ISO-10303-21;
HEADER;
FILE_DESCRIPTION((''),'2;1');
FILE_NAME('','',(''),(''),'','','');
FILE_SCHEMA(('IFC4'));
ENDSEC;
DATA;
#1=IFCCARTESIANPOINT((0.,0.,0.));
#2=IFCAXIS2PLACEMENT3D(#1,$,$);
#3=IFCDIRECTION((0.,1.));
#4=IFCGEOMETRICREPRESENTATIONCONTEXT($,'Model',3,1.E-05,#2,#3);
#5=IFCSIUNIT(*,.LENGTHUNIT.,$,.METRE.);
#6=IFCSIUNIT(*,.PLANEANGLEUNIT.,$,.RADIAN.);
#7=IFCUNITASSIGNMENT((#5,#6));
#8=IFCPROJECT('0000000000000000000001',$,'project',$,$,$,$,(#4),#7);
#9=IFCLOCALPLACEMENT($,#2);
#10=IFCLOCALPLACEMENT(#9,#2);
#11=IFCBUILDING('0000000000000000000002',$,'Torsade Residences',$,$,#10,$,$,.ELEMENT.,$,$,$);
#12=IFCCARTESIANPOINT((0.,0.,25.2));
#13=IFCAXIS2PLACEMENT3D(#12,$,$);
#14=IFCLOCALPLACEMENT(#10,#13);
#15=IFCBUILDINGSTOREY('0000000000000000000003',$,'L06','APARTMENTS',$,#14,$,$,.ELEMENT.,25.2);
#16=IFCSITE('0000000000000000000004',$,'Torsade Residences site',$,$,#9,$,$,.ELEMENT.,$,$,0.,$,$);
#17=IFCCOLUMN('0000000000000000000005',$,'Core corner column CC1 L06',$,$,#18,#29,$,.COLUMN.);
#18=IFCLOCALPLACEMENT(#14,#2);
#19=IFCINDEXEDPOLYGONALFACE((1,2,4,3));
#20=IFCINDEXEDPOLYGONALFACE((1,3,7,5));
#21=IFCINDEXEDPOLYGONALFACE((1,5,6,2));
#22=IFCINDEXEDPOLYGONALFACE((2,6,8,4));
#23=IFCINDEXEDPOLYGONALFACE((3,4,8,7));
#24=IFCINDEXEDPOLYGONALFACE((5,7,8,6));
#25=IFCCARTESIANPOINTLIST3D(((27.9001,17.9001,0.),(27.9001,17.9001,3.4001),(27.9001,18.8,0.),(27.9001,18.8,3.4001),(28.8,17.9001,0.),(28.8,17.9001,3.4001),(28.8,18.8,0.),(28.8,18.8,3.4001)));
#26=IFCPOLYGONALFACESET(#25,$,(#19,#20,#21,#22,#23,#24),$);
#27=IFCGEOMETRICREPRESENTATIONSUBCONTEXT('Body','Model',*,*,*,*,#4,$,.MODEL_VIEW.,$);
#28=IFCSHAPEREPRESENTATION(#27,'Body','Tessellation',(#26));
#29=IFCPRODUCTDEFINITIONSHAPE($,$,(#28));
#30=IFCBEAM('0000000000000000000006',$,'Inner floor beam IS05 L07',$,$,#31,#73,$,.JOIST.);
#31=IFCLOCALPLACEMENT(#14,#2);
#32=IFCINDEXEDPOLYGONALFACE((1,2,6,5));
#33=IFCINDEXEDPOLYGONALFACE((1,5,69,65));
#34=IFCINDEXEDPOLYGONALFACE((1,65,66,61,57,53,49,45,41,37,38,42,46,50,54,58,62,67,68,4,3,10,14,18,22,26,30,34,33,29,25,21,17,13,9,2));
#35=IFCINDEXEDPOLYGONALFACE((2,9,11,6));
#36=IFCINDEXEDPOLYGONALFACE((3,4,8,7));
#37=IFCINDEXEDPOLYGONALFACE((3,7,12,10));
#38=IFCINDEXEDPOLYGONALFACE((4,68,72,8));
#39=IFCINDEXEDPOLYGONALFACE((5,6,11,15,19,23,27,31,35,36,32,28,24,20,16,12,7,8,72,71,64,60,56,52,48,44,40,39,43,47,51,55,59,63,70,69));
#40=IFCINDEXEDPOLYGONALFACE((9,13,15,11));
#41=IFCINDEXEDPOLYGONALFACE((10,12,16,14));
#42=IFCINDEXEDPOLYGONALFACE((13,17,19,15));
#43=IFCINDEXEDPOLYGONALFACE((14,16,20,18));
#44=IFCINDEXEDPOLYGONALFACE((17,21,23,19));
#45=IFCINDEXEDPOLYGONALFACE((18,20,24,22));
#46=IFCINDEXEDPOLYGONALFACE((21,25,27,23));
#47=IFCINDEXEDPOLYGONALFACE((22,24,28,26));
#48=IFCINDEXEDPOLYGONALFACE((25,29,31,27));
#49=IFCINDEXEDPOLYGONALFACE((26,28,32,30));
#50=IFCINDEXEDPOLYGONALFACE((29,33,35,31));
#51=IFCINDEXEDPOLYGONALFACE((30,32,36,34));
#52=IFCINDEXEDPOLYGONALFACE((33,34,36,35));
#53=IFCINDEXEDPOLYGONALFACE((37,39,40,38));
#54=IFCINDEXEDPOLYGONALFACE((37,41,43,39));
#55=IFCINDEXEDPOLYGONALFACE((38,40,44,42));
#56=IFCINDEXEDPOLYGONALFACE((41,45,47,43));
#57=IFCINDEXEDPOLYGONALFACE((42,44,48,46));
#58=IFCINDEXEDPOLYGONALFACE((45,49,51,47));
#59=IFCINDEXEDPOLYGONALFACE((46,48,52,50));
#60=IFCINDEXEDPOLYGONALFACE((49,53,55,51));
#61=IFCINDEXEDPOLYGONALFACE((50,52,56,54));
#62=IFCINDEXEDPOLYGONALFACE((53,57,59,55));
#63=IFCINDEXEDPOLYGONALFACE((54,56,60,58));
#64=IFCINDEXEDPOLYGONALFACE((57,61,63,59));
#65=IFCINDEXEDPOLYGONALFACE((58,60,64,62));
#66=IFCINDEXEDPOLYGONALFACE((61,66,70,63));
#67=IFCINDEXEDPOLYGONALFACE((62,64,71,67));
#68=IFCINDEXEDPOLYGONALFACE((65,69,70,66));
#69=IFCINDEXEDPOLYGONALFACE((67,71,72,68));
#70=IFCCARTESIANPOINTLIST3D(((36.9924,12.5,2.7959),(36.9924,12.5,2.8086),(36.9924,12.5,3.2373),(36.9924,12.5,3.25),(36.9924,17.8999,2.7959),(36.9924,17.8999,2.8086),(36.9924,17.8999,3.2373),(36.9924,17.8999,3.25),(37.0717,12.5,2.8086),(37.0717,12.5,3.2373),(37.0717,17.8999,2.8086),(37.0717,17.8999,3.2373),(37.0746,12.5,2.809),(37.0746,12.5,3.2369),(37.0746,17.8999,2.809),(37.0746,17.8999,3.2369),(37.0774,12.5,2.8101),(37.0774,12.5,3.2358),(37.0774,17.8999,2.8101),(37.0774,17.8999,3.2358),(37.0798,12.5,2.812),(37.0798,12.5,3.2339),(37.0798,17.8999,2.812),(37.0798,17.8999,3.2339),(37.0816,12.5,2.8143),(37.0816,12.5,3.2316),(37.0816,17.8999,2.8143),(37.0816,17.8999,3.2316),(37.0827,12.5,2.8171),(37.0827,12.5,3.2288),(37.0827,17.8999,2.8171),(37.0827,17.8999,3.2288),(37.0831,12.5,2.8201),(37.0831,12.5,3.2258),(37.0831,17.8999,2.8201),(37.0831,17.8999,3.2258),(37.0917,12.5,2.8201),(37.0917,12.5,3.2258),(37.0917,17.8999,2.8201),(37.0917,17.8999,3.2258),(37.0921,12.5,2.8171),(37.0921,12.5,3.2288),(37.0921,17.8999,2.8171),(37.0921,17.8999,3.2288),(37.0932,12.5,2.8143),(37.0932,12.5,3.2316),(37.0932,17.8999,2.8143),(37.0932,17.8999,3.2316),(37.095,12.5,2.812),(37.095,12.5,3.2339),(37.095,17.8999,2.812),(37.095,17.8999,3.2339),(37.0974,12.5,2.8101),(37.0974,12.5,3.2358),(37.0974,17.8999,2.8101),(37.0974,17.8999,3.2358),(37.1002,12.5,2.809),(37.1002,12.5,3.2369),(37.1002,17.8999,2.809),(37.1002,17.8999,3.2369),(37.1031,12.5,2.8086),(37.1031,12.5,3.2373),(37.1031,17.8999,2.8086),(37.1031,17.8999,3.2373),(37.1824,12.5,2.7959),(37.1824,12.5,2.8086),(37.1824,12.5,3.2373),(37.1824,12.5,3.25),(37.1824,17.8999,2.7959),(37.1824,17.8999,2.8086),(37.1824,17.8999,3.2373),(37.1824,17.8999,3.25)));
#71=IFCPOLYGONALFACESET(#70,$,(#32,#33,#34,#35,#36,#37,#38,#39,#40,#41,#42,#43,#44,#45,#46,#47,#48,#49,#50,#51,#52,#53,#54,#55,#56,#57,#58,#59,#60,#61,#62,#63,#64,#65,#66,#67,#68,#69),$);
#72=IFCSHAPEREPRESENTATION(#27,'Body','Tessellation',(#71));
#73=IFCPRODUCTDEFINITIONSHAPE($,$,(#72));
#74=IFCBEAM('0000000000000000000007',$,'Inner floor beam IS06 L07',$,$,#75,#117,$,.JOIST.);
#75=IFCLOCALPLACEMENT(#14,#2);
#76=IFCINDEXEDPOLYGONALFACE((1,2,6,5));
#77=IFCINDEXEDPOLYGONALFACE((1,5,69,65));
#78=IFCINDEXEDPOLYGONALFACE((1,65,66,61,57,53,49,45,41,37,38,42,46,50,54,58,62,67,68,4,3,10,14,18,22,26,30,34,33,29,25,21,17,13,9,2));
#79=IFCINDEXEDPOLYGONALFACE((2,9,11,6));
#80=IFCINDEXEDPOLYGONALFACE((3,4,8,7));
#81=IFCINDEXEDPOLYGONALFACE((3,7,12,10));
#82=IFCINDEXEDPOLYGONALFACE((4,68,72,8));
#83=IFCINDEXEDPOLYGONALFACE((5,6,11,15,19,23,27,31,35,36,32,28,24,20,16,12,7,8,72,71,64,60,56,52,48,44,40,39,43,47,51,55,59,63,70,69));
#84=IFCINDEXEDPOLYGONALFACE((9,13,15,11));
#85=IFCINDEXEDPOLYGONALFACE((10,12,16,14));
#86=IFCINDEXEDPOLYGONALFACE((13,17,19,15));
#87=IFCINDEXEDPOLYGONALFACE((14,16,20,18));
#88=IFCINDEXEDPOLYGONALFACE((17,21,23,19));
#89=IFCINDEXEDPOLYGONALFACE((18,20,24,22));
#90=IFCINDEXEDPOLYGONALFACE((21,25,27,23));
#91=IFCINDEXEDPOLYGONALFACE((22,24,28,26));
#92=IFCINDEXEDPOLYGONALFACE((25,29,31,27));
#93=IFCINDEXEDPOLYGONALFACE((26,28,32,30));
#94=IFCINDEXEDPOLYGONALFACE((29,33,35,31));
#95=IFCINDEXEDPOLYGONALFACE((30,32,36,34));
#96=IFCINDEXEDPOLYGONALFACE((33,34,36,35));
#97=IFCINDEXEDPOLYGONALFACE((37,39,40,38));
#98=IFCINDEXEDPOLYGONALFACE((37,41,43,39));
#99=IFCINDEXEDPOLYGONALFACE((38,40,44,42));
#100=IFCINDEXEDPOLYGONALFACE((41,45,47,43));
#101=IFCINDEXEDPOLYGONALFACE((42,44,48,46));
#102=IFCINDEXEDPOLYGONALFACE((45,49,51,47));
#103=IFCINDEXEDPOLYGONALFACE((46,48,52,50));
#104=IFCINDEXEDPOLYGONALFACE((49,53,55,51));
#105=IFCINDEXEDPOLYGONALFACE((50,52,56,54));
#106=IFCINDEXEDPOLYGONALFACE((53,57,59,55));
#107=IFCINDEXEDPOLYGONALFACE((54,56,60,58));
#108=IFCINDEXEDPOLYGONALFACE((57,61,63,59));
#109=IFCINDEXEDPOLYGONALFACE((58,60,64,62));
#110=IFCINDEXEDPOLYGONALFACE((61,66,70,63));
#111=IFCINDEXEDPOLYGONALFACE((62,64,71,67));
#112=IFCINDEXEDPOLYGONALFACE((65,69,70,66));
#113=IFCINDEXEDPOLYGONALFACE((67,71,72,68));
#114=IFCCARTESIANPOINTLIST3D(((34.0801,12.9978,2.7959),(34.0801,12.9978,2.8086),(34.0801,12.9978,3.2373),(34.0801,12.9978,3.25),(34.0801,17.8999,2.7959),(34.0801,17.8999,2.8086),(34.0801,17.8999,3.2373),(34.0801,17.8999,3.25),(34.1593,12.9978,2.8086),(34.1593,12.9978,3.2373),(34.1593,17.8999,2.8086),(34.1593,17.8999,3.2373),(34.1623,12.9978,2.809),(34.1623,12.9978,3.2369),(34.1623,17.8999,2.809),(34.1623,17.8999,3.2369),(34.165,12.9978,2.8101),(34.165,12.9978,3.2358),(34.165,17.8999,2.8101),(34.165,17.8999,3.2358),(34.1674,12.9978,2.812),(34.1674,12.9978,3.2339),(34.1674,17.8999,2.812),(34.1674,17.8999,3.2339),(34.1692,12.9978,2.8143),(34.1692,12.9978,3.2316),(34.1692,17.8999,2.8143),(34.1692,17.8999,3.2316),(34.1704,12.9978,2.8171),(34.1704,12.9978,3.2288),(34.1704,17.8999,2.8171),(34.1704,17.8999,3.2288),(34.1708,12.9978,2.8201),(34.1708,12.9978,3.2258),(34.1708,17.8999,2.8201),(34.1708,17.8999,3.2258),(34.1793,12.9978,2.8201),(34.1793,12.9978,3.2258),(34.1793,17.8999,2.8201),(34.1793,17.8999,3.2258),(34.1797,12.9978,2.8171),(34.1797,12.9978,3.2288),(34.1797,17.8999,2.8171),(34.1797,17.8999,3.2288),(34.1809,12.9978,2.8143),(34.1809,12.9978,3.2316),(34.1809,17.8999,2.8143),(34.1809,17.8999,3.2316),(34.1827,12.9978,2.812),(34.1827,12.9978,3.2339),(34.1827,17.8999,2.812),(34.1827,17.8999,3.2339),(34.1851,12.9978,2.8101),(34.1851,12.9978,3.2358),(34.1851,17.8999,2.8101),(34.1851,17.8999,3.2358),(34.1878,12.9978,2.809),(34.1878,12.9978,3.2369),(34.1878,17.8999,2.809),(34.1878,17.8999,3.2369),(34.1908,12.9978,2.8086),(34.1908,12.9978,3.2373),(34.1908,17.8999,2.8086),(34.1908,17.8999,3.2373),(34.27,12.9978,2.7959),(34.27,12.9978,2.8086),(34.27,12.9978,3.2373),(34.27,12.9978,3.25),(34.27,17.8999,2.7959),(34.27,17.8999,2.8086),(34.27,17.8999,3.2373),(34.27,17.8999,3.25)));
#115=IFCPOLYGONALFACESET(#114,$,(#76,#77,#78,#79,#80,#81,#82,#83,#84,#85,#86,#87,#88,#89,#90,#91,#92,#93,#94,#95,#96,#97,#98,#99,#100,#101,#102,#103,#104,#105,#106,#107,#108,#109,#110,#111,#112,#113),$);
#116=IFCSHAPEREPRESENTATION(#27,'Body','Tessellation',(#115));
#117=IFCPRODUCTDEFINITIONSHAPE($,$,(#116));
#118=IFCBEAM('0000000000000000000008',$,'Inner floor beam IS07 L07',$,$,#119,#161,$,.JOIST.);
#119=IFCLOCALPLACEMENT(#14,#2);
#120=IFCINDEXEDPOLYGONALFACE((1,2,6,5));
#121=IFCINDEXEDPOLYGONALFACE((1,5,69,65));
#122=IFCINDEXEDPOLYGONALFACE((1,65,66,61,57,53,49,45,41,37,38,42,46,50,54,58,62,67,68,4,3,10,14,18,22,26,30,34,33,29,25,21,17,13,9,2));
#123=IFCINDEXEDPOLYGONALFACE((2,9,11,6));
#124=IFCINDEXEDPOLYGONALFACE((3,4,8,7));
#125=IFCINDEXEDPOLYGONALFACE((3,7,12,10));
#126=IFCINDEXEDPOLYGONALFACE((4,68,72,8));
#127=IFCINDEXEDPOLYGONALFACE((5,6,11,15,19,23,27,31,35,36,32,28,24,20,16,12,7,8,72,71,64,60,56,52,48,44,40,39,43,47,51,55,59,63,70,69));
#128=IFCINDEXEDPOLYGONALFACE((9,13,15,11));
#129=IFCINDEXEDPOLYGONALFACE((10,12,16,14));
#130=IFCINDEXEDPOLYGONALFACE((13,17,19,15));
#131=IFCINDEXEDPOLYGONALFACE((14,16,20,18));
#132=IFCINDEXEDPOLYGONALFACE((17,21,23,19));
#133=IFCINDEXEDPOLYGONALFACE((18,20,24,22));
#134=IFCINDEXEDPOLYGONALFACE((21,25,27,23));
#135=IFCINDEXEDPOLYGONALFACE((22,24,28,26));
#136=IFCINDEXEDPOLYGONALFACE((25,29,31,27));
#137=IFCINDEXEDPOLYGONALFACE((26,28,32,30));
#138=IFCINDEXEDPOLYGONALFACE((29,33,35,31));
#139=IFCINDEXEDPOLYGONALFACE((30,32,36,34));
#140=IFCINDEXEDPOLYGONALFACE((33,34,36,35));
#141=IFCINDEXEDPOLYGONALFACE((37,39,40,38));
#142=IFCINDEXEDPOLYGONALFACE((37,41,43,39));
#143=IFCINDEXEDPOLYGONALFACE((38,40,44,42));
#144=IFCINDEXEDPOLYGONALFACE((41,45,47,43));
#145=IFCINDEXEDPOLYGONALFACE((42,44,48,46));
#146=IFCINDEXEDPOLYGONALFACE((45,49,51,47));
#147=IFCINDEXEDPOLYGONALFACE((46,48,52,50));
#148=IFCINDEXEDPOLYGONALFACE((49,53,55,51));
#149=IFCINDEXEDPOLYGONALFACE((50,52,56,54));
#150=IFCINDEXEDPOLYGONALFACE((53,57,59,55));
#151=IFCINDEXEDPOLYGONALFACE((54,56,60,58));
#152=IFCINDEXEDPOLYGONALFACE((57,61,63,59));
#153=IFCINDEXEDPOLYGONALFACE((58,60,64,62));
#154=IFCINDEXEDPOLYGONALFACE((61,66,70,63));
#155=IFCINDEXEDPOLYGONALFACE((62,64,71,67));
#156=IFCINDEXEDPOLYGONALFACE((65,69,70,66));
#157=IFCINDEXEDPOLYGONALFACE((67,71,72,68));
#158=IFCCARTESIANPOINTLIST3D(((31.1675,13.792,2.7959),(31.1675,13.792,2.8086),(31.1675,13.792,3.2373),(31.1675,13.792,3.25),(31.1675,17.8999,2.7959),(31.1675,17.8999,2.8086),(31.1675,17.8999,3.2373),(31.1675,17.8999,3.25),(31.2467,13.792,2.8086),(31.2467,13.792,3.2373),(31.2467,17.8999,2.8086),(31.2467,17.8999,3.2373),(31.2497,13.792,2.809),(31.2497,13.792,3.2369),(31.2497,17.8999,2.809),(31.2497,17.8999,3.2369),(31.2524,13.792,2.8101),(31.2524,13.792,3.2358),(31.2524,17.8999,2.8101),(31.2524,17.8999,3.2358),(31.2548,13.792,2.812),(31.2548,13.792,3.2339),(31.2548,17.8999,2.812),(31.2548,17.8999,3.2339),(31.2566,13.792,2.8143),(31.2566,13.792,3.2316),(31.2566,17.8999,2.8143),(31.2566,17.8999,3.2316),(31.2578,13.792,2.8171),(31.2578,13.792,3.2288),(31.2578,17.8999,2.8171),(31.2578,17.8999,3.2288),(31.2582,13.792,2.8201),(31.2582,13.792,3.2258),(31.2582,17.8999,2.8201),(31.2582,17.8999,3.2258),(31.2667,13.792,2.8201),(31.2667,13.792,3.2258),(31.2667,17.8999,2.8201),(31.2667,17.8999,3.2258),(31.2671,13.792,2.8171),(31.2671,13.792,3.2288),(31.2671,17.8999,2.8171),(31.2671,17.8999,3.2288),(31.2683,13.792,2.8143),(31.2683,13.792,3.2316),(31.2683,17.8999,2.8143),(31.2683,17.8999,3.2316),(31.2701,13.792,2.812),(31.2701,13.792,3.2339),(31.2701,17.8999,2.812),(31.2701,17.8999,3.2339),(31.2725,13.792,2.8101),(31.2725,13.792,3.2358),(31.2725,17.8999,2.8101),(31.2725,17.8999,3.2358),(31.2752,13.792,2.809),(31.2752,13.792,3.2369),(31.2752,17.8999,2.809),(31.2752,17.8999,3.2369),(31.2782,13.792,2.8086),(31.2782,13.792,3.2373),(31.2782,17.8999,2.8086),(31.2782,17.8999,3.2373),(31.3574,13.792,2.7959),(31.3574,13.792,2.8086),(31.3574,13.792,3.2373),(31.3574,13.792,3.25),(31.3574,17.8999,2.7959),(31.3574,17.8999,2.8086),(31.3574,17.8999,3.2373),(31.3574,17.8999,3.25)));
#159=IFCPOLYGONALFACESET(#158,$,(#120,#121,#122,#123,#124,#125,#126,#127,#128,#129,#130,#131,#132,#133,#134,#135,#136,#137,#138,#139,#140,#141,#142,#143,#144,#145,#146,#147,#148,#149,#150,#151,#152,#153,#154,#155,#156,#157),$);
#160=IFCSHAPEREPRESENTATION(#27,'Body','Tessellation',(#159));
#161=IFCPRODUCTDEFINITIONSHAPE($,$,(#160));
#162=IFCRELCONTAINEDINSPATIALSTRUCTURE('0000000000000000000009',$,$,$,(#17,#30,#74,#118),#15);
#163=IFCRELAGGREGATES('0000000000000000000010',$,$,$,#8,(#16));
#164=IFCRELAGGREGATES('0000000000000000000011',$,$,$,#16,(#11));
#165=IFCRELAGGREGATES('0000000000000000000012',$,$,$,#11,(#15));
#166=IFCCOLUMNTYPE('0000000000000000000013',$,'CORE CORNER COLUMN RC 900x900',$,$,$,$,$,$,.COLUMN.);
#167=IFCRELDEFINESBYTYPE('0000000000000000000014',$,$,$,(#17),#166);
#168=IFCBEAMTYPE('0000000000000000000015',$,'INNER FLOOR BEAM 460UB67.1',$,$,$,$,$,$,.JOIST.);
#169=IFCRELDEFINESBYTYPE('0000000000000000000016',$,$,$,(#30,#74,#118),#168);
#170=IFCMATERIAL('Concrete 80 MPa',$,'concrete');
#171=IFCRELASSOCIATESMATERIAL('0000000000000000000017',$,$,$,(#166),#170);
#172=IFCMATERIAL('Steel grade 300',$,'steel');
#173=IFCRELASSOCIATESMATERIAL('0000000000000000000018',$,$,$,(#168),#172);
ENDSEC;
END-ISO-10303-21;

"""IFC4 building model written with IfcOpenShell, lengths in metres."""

from ifc_helpers import new_model, si_unit, direction, frame, origin, origin_2d, place, context, subcontext, project, spatial, rectangle, i_section, extrude, material, material_profile, profile_set, type_object, element, save


model = new_model("IFC4")

# Units and contexts
model_context = context("Model", 3, precision=1e-05, world=origin(), true_north=direction((0.0, 1.0)))
body_context = subcontext(model_context, "Body", "Model", "MODEL_VIEW")
ifc_project = project(units=[si_unit("LENGTHUNIT", "METRE"), si_unit("PLANEANGLEUNIT", "RADIAN")], contexts=[model_context])

# Site, building, storey
site_placement = place(None, origin())
site = spatial("IfcSite", under=ifc_project, at=site_placement, Name="Torsade Residences site", CompositionType="ELEMENT", RefElevation=0.0)
building_placement = place(site_placement, origin())
building = spatial("IfcBuilding", under=site, at=building_placement, Name="Torsade Residences", CompositionType="ELEMENT")
storey_placement = place(building_placement, frame((0.0, 0.0, 25.2)))
storey = spatial("IfcBuildingStorey", under=building, at=storey_placement, Name="L06", Description="APARTMENTS", CompositionType="ELEMENT", Elevation=25.2)

# Column
ifc_material_1 = material(Name="Concrete 80 MPa", Category="concrete")
ifc_material_profile_1 = material_profile(ifc_material_1, rectangle(XDim=0.8999, YDim=0.8999, at=origin_2d()), Name="RC 900x900")
ifc_profile_set_1 = profile_set([ifc_material_profile_1], Name="Concrete 80 MPa")
column_type = type_object("IfcColumnType", Name="CORE CORNER COLUMN RC 900x900", PredefinedType="COLUMN", material=ifc_profile_set_1)
column_placement = place(storey_placement, frame((28.3501, 18.3501, 0.0), z_axis=(0.0, 0.0, 1.0), x_axis=(1.0, 0.0, 0.0)))
element("IfcColumn", 1, at=column_placement, inside=storey, type_object=column_type, Name="Core corner column CC1 L06", PredefinedType="COLUMN", context=body_context, shape_type="SweptSolid", body=[
    extrude(rectangle(XDim=0.8999, YDim=0.8999, at=origin_2d()), origin(), (0.0, 0.0, 1.0), 3.4001),
])

# Beams
ifc_material_2 = material(Name="Steel grade 300", Category="steel")
ifc_material_profile_2 = material_profile(ifc_material_2, i_section(OverallWidth=0.1899, OverallDepth=0.4541, WebThickness=0.0085, FlangeThickness=0.0127, FilletRadius=0.0115, at=origin_2d()), Name="460UB67.1")
ifc_profile_set_2 = profile_set([ifc_material_profile_2], Name="Steel grade 300")
beam_type = type_object("IfcBeamType", Name="INNER FLOOR BEAM 460UB67.1", PredefinedType="JOIST", material=ifc_profile_set_2)
beam_1_placement = place(storey_placement, frame((37.0874, 17.8999, 3.0229), z_axis=(0.0, -1.0, 0.0), x_axis=(1.0, 0.0, 0.0)))
element("IfcBeam", 2, at=beam_1_placement, inside=storey, type_object=beam_type, Name="Inner floor beam IS05 L07", PredefinedType="JOIST", context=body_context, shape_type="SweptSolid", body=[
    extrude(i_section(OverallWidth=0.1899, OverallDepth=0.4541, WebThickness=0.0085, FlangeThickness=0.0127, FilletRadius=0.0115, at=origin_2d()), origin(), (0.0, 0.0, 1.0), 5.3999),
])
beam_2_placement = place(storey_placement, frame((34.175, 17.8999, 3.0229), z_axis=(0.0, -1.0, 0.0), x_axis=(1.0, 0.0, 0.0)))
element("IfcBeam", 3, at=beam_2_placement, inside=storey, type_object=beam_type, Name="Inner floor beam IS06 L07", PredefinedType="JOIST", context=body_context, shape_type="SweptSolid", body=[
    extrude(i_section(OverallWidth=0.1899, OverallDepth=0.4541, WebThickness=0.0085, FlangeThickness=0.0127, FilletRadius=0.0115, at=origin_2d()), origin(), (0.0, 0.0, 1.0), 4.9021),
])
beam_3_placement = place(storey_placement, frame((31.2625, 17.8999, 3.0229), z_axis=(0.0, -1.0, 0.0), x_axis=(1.0, 0.0, 0.0)))
element("IfcBeam", 4, at=beam_3_placement, inside=storey, type_object=beam_type, Name="Inner floor beam IS07 L07", PredefinedType="JOIST", context=body_context, shape_type="SweptSolid", body=[
    extrude(i_section(OverallWidth=0.1899, OverallDepth=0.4541, WebThickness=0.0085, FlangeThickness=0.0127, FilletRadius=0.0115, at=origin_2d()), origin(), (0.0, 0.0, 1.0), 4.1079),
])

save(model, "model.ifc")
